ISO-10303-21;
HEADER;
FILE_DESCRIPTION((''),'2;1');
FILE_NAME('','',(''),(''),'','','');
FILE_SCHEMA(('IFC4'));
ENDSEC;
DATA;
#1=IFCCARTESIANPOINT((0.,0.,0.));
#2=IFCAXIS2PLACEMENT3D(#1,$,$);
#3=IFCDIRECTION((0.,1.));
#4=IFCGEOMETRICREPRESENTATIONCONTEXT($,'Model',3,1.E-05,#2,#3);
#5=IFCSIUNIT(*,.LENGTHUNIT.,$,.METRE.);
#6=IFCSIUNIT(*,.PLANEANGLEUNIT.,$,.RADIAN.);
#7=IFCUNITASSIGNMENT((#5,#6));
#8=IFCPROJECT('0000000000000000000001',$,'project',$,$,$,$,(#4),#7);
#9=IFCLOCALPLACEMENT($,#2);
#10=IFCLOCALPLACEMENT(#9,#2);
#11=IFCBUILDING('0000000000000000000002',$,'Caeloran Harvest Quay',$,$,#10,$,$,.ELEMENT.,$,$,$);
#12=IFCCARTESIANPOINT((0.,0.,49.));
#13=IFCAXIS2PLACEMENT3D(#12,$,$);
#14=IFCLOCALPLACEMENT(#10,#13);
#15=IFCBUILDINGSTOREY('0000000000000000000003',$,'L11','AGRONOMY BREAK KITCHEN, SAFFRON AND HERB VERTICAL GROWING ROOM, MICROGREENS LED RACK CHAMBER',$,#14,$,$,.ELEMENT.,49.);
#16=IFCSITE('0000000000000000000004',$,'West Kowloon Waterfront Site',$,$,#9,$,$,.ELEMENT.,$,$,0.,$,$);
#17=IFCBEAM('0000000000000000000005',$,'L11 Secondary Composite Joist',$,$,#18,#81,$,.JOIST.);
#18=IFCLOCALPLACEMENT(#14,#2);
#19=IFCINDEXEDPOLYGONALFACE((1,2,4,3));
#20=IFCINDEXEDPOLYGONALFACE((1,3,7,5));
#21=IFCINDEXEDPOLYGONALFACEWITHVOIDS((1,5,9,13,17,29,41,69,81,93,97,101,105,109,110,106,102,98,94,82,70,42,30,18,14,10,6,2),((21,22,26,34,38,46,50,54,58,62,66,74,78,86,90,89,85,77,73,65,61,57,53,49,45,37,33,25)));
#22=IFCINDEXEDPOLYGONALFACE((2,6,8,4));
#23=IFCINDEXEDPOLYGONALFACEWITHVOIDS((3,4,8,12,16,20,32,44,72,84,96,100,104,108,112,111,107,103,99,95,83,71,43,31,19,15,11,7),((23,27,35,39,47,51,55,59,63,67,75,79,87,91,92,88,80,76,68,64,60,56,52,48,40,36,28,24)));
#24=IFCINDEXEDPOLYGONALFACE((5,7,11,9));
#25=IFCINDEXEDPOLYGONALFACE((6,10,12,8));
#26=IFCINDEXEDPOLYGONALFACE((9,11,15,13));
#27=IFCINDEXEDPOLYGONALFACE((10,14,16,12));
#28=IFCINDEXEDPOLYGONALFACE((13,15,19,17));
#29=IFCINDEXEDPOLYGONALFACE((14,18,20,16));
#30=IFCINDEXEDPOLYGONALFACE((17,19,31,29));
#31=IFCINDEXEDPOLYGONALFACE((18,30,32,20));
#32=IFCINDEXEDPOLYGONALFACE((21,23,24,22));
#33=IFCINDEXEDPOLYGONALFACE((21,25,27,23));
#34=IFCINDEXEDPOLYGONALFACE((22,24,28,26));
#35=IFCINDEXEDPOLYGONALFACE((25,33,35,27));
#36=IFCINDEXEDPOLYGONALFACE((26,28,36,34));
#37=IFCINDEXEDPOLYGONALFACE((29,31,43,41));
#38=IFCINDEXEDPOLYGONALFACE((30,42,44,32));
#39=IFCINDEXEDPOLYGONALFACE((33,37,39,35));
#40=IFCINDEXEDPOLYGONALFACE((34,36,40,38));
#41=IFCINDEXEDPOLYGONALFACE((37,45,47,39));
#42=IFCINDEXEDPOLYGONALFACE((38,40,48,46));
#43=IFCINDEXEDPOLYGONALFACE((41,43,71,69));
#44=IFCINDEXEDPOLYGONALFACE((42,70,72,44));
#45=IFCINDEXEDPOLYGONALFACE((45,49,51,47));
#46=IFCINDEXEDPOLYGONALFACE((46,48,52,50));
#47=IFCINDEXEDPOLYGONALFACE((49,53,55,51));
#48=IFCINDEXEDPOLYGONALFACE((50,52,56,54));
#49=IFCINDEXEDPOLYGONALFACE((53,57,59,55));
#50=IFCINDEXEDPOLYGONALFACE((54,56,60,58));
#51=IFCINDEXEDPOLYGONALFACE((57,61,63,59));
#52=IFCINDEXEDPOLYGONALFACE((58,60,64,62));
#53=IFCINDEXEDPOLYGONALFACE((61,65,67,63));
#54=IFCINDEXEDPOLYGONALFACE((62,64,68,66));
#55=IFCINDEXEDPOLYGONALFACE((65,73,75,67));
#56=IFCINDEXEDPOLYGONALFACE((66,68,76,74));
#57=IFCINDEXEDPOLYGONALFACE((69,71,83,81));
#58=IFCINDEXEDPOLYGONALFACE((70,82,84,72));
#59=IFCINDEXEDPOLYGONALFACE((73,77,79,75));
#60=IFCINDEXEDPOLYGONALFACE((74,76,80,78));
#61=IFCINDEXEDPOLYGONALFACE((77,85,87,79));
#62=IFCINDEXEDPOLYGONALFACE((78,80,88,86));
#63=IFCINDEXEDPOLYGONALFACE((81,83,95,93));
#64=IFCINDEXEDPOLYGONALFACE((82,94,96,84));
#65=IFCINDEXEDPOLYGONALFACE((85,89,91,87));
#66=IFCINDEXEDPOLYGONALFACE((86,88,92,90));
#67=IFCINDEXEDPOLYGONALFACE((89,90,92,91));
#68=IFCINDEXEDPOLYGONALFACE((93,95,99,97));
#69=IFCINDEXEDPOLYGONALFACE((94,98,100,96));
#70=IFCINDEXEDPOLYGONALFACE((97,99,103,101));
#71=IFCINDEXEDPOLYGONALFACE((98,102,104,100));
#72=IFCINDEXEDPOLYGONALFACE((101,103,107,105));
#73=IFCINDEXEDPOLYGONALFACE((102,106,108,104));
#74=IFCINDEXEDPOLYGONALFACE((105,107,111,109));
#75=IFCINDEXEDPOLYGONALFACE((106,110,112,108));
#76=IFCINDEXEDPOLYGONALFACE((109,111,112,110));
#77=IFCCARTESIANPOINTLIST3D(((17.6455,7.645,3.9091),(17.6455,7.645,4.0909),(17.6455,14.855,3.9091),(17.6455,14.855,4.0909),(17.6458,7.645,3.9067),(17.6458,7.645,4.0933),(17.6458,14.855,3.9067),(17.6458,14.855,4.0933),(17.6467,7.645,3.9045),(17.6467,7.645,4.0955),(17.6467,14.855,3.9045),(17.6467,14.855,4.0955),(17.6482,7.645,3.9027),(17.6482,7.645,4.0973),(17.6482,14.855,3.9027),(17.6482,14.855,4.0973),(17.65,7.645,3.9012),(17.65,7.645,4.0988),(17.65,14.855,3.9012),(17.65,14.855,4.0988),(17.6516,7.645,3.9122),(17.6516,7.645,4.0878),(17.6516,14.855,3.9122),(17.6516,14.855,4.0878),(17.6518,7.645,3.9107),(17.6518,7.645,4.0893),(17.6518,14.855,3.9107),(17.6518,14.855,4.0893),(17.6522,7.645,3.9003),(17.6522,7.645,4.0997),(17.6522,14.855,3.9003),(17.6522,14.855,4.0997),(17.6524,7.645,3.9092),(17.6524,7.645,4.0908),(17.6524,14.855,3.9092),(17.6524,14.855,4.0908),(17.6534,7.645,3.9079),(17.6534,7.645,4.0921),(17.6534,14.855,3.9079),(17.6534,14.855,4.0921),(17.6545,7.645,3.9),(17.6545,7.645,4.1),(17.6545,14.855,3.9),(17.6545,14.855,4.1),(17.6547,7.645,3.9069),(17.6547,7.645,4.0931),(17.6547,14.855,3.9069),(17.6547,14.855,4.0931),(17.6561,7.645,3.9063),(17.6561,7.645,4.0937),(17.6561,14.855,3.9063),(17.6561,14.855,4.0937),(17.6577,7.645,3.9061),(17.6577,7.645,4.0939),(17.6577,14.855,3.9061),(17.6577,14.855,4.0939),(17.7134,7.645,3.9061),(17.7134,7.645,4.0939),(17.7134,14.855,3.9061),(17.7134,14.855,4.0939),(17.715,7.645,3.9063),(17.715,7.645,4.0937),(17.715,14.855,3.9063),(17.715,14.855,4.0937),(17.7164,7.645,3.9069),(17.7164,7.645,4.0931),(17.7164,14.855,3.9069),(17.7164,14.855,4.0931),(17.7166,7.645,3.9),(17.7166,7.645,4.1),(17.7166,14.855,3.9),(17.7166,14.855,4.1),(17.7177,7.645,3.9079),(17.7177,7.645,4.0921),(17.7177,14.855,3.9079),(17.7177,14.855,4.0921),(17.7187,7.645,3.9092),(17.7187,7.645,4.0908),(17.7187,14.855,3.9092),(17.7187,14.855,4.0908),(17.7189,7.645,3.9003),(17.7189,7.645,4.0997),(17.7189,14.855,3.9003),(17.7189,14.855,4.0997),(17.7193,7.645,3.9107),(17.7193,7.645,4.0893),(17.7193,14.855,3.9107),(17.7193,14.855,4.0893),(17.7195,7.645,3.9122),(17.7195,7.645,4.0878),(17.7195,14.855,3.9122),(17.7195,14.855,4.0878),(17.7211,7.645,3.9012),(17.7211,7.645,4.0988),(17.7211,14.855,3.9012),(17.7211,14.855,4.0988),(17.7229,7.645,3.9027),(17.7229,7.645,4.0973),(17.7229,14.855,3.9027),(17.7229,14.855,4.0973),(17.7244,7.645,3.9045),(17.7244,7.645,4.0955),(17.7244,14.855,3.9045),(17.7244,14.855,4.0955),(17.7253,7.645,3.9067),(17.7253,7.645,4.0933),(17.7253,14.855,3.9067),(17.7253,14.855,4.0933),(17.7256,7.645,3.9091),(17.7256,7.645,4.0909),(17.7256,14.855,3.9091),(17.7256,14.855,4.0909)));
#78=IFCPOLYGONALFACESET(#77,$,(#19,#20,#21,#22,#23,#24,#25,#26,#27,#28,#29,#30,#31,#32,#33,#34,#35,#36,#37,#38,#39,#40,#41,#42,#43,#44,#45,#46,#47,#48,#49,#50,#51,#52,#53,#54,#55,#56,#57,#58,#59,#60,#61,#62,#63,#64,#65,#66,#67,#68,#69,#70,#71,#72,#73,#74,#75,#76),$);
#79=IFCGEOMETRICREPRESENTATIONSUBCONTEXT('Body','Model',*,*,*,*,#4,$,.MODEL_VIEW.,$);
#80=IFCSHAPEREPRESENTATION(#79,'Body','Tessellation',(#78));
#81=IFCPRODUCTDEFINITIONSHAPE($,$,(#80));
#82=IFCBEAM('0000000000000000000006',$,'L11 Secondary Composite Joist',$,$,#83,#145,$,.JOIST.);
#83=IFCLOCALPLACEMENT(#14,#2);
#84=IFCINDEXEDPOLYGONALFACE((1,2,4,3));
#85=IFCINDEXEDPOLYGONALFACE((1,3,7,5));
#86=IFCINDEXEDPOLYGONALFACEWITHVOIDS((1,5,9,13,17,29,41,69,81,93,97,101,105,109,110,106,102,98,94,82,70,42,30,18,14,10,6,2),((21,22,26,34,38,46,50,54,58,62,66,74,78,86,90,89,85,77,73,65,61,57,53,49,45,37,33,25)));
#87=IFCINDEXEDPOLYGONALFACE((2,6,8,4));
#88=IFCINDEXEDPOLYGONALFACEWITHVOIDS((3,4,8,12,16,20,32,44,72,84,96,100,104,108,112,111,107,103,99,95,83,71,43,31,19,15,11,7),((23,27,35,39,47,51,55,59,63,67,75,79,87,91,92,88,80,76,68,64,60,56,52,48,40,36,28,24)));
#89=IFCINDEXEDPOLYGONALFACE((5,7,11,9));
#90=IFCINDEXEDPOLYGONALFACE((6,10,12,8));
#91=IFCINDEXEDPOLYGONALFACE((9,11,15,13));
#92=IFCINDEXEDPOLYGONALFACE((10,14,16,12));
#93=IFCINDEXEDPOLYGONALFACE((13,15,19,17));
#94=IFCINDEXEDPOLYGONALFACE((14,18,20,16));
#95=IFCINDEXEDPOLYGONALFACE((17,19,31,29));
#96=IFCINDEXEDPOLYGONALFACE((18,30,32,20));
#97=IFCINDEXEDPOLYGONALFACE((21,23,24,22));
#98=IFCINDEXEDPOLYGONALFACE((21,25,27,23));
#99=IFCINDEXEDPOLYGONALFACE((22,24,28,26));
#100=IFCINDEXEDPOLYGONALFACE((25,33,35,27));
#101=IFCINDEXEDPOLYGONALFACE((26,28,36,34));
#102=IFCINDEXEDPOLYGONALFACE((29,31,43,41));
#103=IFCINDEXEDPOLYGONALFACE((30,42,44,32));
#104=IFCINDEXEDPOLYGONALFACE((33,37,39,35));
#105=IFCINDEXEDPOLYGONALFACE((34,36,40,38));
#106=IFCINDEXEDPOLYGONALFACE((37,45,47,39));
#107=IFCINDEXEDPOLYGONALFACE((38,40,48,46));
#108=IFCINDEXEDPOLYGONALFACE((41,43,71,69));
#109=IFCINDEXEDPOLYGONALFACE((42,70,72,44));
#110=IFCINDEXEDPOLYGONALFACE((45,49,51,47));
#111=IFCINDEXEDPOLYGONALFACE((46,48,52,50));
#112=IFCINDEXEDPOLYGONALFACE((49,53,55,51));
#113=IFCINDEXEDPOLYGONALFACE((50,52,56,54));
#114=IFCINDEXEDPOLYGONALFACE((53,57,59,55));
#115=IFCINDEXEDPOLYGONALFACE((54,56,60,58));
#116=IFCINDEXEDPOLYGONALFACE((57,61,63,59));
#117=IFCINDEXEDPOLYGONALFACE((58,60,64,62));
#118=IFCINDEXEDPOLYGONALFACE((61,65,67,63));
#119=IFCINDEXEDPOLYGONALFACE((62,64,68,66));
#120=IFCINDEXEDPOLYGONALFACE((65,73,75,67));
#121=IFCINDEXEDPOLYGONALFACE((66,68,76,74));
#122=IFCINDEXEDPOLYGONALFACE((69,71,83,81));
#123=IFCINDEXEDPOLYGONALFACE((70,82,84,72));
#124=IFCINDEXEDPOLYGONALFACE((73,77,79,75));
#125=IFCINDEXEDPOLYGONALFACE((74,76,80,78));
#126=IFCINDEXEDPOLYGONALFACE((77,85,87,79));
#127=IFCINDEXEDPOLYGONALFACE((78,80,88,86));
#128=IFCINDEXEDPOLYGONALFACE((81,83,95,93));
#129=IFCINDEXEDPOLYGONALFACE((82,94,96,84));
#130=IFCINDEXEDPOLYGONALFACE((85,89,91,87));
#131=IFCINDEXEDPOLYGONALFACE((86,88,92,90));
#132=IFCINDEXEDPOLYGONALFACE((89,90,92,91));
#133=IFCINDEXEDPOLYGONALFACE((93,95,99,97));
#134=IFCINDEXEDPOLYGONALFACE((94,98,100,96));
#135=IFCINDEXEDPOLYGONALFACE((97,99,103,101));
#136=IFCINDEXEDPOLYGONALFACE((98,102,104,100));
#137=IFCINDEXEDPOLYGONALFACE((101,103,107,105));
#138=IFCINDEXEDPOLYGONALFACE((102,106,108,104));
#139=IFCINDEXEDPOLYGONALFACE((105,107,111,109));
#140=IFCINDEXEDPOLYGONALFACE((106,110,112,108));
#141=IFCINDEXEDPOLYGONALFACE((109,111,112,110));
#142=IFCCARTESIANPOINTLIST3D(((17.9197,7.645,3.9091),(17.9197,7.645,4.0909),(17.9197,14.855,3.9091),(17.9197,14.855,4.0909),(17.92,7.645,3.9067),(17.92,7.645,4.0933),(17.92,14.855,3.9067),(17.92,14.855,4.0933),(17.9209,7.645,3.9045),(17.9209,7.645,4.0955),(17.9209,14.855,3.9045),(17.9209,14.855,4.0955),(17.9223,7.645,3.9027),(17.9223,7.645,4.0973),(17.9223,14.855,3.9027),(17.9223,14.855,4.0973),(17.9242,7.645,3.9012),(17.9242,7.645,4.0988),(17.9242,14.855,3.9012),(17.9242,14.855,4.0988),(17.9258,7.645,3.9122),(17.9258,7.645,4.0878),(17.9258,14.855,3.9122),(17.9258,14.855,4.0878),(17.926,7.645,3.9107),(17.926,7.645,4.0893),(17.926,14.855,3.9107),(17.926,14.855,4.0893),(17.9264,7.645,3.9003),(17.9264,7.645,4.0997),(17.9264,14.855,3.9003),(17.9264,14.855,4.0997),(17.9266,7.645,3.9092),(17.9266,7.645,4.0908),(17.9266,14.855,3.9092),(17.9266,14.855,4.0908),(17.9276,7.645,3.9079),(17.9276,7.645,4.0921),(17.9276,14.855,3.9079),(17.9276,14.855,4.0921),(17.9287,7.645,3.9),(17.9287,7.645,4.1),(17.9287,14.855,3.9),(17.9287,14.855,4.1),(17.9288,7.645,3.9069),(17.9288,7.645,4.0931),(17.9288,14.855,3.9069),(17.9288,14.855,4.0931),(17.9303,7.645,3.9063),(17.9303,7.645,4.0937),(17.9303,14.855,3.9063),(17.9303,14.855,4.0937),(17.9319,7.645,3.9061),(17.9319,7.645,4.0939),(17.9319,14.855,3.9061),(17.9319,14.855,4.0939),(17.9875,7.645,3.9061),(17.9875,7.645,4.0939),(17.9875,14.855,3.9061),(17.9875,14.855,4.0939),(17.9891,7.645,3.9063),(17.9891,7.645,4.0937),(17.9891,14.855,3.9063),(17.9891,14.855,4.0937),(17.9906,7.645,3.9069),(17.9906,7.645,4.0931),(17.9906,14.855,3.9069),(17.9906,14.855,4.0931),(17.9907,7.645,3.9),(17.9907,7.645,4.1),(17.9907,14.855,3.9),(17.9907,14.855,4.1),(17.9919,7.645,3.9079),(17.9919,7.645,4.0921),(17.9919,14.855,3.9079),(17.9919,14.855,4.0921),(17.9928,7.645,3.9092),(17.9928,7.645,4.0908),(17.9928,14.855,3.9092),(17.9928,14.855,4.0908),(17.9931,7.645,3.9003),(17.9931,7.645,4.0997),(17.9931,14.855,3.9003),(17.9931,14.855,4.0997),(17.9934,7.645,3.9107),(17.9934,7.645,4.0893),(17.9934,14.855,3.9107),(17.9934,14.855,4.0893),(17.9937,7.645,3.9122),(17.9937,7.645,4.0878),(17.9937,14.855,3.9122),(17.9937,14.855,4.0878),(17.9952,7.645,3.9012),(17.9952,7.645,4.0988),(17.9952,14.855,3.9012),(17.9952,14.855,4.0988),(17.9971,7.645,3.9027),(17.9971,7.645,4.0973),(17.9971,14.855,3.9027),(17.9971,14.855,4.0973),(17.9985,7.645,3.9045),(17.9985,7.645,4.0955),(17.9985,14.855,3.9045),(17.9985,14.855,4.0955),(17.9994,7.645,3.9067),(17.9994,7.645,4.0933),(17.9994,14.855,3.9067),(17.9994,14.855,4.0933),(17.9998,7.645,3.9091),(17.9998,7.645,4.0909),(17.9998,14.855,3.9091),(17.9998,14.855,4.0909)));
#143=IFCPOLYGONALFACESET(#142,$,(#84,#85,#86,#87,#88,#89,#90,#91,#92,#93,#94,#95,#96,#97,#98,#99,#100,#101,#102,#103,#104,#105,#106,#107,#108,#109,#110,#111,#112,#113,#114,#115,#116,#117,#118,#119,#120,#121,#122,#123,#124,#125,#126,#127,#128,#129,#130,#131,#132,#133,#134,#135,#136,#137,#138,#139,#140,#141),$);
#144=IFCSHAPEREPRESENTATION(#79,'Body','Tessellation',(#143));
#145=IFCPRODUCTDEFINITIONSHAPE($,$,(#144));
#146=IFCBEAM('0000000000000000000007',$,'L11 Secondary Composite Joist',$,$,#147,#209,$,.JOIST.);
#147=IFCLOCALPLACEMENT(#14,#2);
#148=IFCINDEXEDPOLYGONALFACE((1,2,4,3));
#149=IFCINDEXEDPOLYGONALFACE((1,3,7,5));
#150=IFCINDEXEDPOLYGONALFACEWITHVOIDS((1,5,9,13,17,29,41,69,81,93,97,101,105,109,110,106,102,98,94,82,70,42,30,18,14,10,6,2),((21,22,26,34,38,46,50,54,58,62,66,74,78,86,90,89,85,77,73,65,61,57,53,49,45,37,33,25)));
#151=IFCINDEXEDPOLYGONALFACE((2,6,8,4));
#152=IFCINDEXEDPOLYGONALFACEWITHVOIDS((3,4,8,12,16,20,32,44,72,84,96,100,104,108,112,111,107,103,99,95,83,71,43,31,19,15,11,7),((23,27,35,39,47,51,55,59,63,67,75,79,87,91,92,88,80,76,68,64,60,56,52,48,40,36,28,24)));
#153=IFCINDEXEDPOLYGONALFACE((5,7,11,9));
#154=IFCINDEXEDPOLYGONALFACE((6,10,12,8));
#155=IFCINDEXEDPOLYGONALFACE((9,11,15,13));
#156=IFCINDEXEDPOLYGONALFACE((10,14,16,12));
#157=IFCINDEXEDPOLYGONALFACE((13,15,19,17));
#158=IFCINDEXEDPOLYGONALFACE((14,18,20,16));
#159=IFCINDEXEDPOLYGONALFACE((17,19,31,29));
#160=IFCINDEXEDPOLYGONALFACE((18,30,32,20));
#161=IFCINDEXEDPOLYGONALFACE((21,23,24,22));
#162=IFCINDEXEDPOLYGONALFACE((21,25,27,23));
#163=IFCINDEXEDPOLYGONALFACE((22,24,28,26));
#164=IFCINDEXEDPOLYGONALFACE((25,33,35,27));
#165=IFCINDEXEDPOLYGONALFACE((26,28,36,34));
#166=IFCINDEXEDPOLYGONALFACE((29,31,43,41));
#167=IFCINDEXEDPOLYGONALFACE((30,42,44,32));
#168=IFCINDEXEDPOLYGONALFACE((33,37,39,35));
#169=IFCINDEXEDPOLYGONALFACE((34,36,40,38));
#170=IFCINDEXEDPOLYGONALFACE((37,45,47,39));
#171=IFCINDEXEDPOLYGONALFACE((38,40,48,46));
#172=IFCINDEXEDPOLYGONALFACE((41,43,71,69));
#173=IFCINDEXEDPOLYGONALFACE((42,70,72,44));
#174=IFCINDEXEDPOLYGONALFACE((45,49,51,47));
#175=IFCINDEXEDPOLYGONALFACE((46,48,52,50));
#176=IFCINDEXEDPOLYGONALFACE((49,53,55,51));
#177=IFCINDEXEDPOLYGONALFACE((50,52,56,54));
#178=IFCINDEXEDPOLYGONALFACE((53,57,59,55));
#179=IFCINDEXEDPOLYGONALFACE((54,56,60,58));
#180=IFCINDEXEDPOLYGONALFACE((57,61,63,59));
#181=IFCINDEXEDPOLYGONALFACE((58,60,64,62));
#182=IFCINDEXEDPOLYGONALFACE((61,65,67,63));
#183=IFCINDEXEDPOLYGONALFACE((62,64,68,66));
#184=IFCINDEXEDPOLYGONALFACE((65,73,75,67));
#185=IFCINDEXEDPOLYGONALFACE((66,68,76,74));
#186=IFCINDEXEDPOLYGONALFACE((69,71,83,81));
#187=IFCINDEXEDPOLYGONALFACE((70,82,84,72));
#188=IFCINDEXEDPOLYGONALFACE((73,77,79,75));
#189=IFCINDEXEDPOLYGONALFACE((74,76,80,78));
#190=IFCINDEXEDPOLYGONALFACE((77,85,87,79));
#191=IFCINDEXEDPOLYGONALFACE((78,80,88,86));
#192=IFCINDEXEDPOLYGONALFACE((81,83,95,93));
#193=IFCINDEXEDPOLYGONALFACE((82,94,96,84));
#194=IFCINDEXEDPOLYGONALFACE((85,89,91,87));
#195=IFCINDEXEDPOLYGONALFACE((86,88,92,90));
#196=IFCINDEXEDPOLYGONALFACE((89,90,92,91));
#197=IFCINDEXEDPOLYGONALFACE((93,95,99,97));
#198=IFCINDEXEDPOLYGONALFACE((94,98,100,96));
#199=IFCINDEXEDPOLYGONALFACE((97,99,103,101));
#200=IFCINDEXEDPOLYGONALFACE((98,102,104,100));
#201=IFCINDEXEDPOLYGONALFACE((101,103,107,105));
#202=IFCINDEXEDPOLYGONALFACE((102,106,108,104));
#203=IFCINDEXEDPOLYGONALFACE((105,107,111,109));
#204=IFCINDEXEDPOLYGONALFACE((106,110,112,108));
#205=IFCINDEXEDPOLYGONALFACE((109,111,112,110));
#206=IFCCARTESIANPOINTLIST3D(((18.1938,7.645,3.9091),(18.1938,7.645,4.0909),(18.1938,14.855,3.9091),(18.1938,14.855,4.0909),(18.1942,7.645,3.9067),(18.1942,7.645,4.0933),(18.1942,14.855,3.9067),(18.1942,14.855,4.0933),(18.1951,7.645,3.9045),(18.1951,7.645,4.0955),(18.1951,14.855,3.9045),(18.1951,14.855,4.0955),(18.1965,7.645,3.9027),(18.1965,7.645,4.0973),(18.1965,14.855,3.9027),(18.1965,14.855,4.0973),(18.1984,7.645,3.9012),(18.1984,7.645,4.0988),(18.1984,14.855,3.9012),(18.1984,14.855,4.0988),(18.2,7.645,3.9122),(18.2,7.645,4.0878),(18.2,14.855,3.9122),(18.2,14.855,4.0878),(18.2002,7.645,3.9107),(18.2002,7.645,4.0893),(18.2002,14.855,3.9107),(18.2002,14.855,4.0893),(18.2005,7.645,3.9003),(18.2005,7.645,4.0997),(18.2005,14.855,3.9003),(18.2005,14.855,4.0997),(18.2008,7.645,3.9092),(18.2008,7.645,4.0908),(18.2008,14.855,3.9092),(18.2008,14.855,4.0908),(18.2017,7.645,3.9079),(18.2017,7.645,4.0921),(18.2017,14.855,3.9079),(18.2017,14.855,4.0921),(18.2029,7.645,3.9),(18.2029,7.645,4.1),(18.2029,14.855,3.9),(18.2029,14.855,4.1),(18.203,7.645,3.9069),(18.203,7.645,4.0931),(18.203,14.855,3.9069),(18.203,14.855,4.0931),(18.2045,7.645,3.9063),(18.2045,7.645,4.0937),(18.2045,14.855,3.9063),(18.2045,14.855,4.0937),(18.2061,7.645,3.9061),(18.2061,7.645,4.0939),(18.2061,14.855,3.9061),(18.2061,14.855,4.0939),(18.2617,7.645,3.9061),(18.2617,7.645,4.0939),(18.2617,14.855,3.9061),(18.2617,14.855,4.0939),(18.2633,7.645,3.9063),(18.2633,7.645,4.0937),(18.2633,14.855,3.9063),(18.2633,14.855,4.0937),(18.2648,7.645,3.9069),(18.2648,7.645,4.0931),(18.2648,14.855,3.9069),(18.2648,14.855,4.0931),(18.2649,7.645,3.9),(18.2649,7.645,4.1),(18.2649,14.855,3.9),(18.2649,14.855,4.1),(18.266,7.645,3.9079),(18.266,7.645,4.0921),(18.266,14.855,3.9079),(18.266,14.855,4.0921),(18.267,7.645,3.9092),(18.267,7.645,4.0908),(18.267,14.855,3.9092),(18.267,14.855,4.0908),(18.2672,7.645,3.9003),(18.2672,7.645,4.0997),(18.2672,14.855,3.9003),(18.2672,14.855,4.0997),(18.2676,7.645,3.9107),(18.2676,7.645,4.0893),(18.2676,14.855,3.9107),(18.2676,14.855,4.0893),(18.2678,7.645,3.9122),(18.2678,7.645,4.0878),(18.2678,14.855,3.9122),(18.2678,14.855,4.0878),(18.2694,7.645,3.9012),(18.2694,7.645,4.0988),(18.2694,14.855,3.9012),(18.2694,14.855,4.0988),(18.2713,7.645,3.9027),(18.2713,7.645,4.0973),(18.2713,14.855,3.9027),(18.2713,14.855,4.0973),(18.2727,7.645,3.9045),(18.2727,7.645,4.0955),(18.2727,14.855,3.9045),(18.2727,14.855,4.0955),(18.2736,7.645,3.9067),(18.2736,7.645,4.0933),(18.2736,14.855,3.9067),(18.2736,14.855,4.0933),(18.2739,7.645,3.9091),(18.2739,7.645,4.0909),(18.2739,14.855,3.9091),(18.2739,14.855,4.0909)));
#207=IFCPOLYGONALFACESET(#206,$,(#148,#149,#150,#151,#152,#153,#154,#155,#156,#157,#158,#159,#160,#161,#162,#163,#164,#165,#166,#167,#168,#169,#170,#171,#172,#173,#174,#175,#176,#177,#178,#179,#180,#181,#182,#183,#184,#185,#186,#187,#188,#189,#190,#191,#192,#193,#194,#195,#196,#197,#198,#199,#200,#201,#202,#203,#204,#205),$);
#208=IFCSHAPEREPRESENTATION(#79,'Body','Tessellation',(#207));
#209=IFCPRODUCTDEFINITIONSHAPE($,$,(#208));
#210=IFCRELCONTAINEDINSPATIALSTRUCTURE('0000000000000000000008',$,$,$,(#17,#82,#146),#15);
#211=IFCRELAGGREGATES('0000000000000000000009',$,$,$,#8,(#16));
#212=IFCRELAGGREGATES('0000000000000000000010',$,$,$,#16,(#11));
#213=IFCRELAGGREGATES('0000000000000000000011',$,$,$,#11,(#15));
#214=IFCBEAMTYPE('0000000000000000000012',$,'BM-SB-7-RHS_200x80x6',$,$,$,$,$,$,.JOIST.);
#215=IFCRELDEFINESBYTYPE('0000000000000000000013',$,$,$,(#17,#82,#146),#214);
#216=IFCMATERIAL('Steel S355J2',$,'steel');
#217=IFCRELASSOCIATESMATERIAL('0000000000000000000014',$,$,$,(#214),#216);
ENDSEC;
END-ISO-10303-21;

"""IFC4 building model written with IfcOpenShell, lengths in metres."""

from ifc_helpers import new_model, si_unit, direction, frame, origin, origin_2d, place, context, subcontext, project, spatial, hollow_rectangle, extrude, material, material_profile, profile_set, type_object, element, save


model = new_model("IFC4")

# Units and contexts
model_context = context("Model", 3, precision=1e-05, world=origin(), true_north=direction((0.0, 1.0)))
body_context = subcontext(model_context, "Body", "Model", "MODEL_VIEW")
ifc_project = project(units=[si_unit("LENGTHUNIT", "METRE"), si_unit("PLANEANGLEUNIT", "RADIAN")], contexts=[model_context])

# Site, building, storey
site_placement = place(None, origin())
site = spatial("IfcSite", under=ifc_project, at=site_placement, Name="West Kowloon Waterfront Site", CompositionType="ELEMENT", RefElevation=0.0)
building_placement = place(site_placement, origin())
building = spatial("IfcBuilding", under=site, at=building_placement, Name="Caeloran Harvest Quay", CompositionType="ELEMENT")
storey_placement = place(building_placement, frame((0.0, 0.0, 49.0)))
storey = spatial("IfcBuildingStorey", under=building, at=storey_placement, Name="L11", Description="AGRONOMY BREAK KITCHEN, SAFFRON AND HERB VERTICAL GROWING ROOM, MICROGREENS LED RACK CHAMBER", CompositionType="ELEMENT", Elevation=49.0)

# Beams
ifc_material_1 = material(Name="Steel S355J2", Category="steel")
ifc_material_profile_1 = material_profile(ifc_material_1, hollow_rectangle(XDim=0.0801, YDim=0.2, WallThickness=0.0061, InnerFilletRadius=0.0061, OuterFilletRadius=0.009, at=origin_2d()), Name="RHS 200x80x6")
ifc_profile_set_1 = profile_set([ifc_material_profile_1], Name="Steel S355J2")
beam_type_1 = type_object("IfcBeamType", Name="BM-SB-7-RHS_200x80x6", PredefinedType="JOIST", material=ifc_profile_set_1)
for number, where, z_axis, x_axis, name in (
    (1, (17.6855, 7.645, 4.0), (0.0, 1.0, 0.0), (-1.0, 0.0, 0.0), "L11 Secondary Composite Joist"),
    (2, (17.9597, 7.645, 4.0), (0.0, 1.0, 0.0), (-1.0, 0.0, 0.0), "L11 Secondary Composite Joist"),
    (3, (18.2339, 7.645, 4.0), (0.0, 1.0, 0.0), (-1.0, 0.0, 0.0), "L11 Secondary Composite Joist"),
):
    element("IfcBeam", number, at=place(storey_placement, frame(where, z_axis=z_axis, x_axis=x_axis)), inside=storey, type_object=beam_type_1, Name=name, PredefinedType="JOIST", context=body_context, shape_type="SweptSolid", body=[
        extrude(hollow_rectangle(XDim=0.0801, YDim=0.2, WallThickness=0.0061, InnerFilletRadius=0.0061, OuterFilletRadius=0.009, at=origin_2d()), origin(), (0.0, 0.0, 1.0), 7.21),
    ])

save(model, "model.ifc")
